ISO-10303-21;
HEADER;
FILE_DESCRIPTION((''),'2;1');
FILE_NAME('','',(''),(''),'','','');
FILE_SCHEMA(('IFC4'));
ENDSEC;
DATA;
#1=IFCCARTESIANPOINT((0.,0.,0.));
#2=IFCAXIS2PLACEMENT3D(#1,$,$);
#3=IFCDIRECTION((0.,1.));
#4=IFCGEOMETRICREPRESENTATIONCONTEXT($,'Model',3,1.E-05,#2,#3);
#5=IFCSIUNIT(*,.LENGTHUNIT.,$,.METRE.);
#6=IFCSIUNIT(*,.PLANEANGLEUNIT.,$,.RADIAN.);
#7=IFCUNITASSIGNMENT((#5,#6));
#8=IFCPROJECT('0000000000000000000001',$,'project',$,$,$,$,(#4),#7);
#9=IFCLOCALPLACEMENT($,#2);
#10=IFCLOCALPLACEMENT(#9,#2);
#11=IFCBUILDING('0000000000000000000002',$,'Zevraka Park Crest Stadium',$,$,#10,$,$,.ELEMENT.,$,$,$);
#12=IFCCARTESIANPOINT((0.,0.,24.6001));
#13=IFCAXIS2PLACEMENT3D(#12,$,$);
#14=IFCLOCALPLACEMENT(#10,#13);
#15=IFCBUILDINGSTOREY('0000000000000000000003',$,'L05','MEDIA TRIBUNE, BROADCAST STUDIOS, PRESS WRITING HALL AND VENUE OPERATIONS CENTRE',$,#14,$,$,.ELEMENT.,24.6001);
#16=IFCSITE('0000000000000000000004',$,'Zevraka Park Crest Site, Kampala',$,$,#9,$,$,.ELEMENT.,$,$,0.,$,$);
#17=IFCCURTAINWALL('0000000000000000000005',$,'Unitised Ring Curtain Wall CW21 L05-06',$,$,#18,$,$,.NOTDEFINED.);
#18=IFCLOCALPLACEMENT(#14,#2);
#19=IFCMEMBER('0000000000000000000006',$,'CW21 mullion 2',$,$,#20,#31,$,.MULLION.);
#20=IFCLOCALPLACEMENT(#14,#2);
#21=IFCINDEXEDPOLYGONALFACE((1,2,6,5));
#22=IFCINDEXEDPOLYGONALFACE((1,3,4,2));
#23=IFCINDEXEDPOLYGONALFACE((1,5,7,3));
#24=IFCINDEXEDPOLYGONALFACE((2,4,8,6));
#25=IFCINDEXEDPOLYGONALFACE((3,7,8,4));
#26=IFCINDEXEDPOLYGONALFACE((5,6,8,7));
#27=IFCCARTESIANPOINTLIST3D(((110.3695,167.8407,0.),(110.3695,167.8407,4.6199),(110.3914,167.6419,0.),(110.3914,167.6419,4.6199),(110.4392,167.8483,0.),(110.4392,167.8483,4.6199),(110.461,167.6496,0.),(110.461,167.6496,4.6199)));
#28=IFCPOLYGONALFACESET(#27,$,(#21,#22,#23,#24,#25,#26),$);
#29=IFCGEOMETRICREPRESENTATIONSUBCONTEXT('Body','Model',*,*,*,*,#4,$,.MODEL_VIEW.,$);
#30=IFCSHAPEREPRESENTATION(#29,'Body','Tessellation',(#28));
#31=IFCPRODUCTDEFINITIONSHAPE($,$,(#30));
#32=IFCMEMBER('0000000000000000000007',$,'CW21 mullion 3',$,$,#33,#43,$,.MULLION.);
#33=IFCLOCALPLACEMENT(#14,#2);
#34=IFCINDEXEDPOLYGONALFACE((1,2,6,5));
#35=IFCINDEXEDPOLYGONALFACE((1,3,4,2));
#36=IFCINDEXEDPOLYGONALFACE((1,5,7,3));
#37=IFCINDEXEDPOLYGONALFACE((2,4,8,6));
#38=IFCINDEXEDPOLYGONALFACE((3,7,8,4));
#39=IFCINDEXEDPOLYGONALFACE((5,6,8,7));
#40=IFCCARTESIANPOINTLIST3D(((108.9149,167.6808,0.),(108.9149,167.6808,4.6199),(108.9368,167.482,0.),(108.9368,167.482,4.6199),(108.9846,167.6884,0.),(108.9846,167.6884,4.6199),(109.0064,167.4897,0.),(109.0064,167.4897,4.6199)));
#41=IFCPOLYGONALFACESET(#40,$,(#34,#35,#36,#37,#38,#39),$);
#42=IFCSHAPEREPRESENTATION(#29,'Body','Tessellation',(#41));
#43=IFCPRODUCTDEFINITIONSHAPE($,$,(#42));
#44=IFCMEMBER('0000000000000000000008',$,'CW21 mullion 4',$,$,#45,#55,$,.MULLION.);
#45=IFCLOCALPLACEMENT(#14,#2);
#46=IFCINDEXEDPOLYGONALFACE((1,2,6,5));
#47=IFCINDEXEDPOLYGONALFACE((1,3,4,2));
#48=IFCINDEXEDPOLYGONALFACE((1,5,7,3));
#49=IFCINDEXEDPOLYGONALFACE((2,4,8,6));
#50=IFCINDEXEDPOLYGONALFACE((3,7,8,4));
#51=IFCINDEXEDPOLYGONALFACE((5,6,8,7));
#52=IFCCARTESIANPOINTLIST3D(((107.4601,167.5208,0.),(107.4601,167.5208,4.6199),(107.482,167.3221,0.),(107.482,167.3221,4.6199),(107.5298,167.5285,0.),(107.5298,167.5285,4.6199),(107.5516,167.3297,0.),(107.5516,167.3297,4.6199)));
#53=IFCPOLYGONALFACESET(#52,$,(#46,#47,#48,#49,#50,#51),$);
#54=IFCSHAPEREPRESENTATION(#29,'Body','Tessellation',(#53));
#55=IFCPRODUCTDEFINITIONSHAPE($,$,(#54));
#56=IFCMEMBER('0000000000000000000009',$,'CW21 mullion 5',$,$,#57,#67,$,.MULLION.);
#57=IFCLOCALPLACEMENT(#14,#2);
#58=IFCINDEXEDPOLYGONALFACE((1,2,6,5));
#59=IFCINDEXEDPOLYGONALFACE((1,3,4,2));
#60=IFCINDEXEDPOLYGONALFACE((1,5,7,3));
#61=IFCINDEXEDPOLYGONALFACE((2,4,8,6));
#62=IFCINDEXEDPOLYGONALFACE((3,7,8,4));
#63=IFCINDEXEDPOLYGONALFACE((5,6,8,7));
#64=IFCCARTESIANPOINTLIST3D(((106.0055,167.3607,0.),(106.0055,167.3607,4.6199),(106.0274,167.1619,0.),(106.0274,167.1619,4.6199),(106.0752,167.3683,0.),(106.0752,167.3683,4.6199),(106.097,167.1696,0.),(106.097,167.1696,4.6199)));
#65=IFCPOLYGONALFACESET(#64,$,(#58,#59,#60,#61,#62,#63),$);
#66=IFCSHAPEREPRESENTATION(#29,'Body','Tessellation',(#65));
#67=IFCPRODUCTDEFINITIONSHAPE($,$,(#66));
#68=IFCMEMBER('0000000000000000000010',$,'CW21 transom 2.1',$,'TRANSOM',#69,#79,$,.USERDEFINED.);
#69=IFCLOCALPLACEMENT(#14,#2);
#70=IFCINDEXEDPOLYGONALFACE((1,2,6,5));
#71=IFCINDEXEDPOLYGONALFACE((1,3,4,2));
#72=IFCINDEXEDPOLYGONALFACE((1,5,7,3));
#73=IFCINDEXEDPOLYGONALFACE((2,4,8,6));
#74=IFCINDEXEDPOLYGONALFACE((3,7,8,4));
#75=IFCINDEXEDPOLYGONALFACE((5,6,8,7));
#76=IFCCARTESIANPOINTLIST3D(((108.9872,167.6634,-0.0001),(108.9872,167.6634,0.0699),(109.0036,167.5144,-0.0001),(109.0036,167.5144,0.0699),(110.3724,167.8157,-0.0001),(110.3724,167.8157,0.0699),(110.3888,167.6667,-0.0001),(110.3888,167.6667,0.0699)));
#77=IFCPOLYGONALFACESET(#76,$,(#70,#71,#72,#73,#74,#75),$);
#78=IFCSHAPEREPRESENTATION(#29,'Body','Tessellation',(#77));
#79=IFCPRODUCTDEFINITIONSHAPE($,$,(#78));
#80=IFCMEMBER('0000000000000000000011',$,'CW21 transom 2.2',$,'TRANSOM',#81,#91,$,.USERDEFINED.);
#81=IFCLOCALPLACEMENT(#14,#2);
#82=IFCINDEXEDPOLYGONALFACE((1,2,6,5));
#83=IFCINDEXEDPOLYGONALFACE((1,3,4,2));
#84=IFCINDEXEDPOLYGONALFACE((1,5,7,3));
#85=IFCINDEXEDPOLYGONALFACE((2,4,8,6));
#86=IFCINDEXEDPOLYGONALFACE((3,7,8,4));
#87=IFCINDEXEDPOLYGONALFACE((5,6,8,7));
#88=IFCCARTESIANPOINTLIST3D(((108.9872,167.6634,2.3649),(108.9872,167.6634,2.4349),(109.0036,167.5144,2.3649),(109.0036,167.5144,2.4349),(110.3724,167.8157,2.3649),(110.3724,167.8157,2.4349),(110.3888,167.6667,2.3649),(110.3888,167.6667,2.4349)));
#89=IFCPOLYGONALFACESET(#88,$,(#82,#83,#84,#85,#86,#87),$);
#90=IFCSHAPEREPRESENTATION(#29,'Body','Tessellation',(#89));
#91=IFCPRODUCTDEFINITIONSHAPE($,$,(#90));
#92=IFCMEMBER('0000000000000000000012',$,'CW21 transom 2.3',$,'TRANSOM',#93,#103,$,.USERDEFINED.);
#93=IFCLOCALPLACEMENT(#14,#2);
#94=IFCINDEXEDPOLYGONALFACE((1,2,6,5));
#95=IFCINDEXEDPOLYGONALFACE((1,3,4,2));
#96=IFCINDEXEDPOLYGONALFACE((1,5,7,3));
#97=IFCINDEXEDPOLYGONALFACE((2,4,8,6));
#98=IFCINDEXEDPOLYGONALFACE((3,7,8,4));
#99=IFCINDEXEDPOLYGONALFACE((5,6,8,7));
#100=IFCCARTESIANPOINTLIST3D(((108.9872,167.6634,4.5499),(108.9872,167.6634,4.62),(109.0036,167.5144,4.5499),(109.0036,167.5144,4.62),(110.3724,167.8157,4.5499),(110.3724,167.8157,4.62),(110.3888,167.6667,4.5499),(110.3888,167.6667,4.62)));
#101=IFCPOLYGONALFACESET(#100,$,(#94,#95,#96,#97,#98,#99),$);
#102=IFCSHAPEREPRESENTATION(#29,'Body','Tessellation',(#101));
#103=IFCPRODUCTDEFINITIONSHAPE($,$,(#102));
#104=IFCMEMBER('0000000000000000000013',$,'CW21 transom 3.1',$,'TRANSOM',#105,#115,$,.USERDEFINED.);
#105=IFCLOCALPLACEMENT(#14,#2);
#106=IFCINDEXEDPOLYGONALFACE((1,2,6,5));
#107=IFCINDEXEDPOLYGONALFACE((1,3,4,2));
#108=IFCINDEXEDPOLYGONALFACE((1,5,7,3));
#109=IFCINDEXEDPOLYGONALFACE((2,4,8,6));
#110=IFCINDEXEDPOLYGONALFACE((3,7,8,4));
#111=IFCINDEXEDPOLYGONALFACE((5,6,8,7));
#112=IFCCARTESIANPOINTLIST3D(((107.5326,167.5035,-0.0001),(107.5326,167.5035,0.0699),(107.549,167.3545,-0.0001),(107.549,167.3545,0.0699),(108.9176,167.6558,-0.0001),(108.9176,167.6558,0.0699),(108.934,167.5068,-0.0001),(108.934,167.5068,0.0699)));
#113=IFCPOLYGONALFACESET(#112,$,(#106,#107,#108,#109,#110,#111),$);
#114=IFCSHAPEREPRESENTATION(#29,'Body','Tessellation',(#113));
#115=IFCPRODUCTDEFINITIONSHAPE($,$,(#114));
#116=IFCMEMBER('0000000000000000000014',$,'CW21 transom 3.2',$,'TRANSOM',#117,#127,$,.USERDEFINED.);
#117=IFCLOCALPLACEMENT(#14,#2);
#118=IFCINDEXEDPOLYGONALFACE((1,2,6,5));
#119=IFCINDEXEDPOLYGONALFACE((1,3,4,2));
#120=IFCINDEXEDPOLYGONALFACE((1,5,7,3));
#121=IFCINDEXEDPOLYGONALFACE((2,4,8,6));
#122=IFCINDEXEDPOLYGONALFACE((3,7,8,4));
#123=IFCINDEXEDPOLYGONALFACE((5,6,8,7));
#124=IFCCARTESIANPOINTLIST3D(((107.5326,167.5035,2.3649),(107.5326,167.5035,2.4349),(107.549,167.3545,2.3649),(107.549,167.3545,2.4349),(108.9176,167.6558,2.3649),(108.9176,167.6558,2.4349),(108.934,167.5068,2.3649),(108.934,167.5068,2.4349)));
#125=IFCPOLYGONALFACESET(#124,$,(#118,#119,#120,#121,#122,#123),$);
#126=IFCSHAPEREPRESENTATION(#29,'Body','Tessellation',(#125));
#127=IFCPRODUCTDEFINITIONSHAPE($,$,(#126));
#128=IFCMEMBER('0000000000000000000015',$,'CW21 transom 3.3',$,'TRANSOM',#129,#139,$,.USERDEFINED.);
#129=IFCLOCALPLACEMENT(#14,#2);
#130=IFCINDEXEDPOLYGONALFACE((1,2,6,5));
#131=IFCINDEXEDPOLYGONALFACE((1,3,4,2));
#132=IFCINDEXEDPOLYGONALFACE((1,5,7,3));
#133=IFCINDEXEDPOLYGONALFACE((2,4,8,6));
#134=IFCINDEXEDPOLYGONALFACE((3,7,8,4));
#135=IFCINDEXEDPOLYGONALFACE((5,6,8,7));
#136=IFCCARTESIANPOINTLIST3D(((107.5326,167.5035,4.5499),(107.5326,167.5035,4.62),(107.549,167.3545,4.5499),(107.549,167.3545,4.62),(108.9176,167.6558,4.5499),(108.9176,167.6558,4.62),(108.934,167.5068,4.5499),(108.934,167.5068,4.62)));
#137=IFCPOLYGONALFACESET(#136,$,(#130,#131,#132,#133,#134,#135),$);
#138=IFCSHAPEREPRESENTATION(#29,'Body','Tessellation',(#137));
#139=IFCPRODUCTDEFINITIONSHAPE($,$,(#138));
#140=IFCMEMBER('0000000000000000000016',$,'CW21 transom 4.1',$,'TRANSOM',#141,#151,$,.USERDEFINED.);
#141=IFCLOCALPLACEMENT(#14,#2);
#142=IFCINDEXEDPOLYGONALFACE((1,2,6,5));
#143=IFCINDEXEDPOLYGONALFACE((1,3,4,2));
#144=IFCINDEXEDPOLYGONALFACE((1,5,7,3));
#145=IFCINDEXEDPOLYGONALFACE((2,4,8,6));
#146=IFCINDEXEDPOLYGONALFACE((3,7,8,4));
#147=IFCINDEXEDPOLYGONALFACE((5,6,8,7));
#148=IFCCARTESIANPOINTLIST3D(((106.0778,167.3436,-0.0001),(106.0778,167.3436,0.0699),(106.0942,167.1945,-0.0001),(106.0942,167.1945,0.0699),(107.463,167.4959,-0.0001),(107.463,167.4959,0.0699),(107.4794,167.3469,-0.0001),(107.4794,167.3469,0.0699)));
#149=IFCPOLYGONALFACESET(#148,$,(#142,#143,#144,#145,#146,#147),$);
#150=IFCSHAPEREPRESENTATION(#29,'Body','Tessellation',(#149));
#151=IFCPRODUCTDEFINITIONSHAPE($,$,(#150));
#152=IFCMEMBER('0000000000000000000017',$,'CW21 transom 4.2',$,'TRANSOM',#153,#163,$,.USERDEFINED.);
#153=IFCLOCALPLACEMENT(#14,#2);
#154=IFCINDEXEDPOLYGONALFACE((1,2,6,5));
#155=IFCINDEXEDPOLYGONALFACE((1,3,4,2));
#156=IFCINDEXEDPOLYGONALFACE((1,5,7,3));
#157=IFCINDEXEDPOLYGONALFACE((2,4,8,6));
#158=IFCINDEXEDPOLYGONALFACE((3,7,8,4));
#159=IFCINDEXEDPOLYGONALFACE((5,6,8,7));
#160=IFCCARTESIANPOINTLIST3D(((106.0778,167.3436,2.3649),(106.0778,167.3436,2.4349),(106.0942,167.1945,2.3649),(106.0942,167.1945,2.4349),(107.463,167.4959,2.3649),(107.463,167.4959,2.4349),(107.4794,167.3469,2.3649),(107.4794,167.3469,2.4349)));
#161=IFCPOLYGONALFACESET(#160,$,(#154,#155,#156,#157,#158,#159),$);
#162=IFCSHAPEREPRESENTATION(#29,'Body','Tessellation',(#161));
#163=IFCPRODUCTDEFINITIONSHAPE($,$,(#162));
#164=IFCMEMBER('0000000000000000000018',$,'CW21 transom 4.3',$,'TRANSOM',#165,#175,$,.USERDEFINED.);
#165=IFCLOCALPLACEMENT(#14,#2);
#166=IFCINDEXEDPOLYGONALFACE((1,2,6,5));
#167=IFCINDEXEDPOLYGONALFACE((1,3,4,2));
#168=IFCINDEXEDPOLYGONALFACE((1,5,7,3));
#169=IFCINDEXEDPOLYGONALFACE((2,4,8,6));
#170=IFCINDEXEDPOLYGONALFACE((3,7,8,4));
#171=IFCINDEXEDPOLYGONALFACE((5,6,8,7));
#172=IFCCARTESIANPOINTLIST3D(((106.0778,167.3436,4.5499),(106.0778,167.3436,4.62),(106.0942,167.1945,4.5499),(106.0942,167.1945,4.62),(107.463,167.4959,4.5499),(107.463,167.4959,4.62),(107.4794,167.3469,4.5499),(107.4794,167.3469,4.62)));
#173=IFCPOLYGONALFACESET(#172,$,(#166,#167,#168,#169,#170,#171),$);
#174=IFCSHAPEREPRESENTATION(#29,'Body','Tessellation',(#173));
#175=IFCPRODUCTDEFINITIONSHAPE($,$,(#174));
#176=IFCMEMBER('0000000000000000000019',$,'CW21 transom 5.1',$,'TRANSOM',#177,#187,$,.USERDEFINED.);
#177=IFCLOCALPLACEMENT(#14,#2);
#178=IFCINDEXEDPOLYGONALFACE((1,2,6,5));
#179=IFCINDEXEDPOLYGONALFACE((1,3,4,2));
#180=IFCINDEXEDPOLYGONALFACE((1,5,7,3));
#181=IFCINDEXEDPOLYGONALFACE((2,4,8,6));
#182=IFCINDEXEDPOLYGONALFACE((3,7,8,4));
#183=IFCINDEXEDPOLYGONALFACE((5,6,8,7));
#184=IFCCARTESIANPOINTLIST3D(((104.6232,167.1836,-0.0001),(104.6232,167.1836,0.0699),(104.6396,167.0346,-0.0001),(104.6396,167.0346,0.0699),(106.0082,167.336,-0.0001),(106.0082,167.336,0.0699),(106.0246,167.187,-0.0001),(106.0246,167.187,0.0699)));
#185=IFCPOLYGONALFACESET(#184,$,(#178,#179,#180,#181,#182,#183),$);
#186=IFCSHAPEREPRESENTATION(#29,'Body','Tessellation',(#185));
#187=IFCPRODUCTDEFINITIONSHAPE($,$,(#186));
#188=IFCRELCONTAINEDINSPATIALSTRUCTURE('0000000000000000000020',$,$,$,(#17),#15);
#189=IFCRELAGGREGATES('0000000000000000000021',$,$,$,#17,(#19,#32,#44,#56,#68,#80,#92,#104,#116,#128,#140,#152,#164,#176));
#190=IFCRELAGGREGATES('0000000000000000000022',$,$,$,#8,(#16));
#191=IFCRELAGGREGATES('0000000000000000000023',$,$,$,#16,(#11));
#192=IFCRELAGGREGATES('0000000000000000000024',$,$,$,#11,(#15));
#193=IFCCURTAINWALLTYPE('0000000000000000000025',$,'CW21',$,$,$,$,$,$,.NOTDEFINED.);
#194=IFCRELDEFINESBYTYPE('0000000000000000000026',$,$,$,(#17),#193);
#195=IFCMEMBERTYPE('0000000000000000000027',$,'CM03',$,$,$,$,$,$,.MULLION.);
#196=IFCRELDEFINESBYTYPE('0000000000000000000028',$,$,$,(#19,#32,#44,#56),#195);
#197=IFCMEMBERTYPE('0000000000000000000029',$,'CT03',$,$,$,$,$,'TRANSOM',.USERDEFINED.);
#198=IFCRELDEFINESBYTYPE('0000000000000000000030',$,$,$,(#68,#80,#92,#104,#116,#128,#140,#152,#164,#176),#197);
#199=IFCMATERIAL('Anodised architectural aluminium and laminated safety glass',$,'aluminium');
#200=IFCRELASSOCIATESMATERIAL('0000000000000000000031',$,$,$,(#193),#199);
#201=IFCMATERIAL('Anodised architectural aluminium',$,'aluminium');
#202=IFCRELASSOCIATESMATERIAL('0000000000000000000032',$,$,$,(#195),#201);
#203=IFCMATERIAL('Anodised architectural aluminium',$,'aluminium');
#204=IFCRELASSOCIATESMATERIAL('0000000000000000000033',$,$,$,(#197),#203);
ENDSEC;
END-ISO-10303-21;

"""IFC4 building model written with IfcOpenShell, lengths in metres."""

from ifc_helpers import new_model, si_unit, direction, frame, origin, origin_2d, place, context, subcontext, project, spatial, rectangle, extrude, material, material_profile, profile_set, type_object, element, aggregate, save


model = new_model("IFC4")

# Units and contexts
model_context = context("Model", 3, precision=1e-05, world=origin(), true_north=direction((0.0, 1.0)))
body_context = subcontext(model_context, "Body", "Model", "MODEL_VIEW")
ifc_project = project(units=[si_unit("LENGTHUNIT", "METRE"), si_unit("PLANEANGLEUNIT", "RADIAN")], contexts=[model_context])

# Site, building, storey
site_placement = place(None, origin())
site = spatial("IfcSite", under=ifc_project, at=site_placement, Name="Zevraka Park Crest Site, Kampala", CompositionType="ELEMENT", RefElevation=0.0)
building_placement = place(site_placement, origin())
building = spatial("IfcBuilding", under=site, at=building_placement, Name="Zevraka Park Crest Stadium", CompositionType="ELEMENT")
storey_placement = place(building_placement, frame((0.0, 0.0, 24.6001)))
storey = spatial("IfcBuildingStorey", under=building, at=storey_placement, Name="L05", Description="MEDIA TRIBUNE, BROADCAST STUDIOS, PRESS WRITING HALL AND VENUE OPERATIONS CENTRE", CompositionType="ELEMENT", Elevation=24.6001)

# Curtain wall, members
ifc_material_1 = material(Name="Anodised architectural aluminium and laminated safety glass", Category="aluminium")
curtain_wall_type = type_object("IfcCurtainWallType", Name="CW21", PredefinedType="NOTDEFINED", material=ifc_material_1)
curtain_wall_placement = place(storey_placement, origin())
curtain_wall = element("IfcCurtainWall", 1, at=curtain_wall_placement, inside=storey, type_object=curtain_wall_type, Name="Unitised Ring Curtain Wall CW21 L05-06", PredefinedType="NOTDEFINED")
ifc_material_2 = material(Name="Anodised architectural aluminium", Category="aluminium")
ifc_material_profile_1 = material_profile(ifc_material_2, rectangle(XDim=0.2, YDim=0.0701, at=origin_2d()), Name="ALU MULLION 200x70")
ifc_profile_set_1 = profile_set([ifc_material_profile_1], Name="Anodised architectural aluminium")
member_type_1 = type_object("IfcMemberType", Name="CM03", PredefinedType="MULLION", material=ifc_profile_set_1)
member_1_placement = place(storey_placement, frame((110.4153, 167.7451, 0.0), z_axis=(0.0, 0.0, 1.0), x_axis=(0.109288, -0.99401, 0.0)))
member_1 = element("IfcMember", 2, at=member_1_placement, type_object=member_type_1, Name="CW21 mullion 2", PredefinedType="MULLION", context=body_context, shape_type="SweptSolid", body=[
    extrude(rectangle(XDim=0.2, YDim=0.0701, at=origin_2d()), origin(), (0.0, 0.0, 1.0), 4.6199),
])
member_2_placement = place(storey_placement, frame((108.9607, 167.5852, 0.0), z_axis=(0.0, 0.0, 1.0), x_axis=(0.109288, -0.99401, 0.0)))
member_2 = element("IfcMember", 3, at=member_2_placement, type_object=member_type_1, Name="CW21 mullion 3", PredefinedType="MULLION", context=body_context, shape_type="SweptSolid", body=[
    extrude(rectangle(XDim=0.2, YDim=0.0701, at=origin_2d()), origin(), (0.0, 0.0, 1.0), 4.6199),
])
member_3_placement = place(storey_placement, frame((107.5059, 167.4253, 0.0), z_axis=(0.0, 0.0, 1.0), x_axis=(0.109288, -0.99401, 0.0)))
member_3 = element("IfcMember", 4, at=member_3_placement, type_object=member_type_1, Name="CW21 mullion 4", PredefinedType="MULLION", context=body_context, shape_type="SweptSolid", body=[
    extrude(rectangle(XDim=0.2, YDim=0.0701, at=origin_2d()), origin(), (0.0, 0.0, 1.0), 4.6199),
])
member_4_placement = place(storey_placement, frame((106.0513, 167.2651, 0.0), z_axis=(0.0, 0.0, 1.0), x_axis=(0.109288, -0.99401, 0.0)))
member_4 = element("IfcMember", 5, at=member_4_placement, type_object=member_type_1, Name="CW21 mullion 5", PredefinedType="MULLION", context=body_context, shape_type="SweptSolid", body=[
    extrude(rectangle(XDim=0.2, YDim=0.0701, at=origin_2d()), origin(), (0.0, 0.0, 1.0), 4.6199),
])
ifc_material_3 = material(Name="Anodised architectural aluminium", Category="aluminium")
ifc_material_profile_2 = material_profile(ifc_material_3, rectangle(XDim=0.1499, YDim=0.0701, at=origin_2d()), Name="ALU TRANSOM 150x70")
ifc_profile_set_2 = profile_set([ifc_material_profile_2], Name="Anodised architectural aluminium")
member_type_2 = type_object("IfcMemberType", Name="CT03", ElementType="TRANSOM", PredefinedType="USERDEFINED", material=ifc_profile_set_2)
member_5_placement = place(storey_placement, frame((110.3806, 167.7412, 0.0349), z_axis=(-0.994007, -0.109316, 0.0), x_axis=(0.109316, -0.994007, 0.0)))
member_5 = element("IfcMember", 6, at=member_5_placement, type_object=member_type_2, Name="CW21 transom 2.1", ObjectType="TRANSOM", PredefinedType="USERDEFINED", context=body_context, shape_type="SweptSolid", body=[
    extrude(rectangle(XDim=0.1499, YDim=0.0701, at=origin_2d()), origin(), (0.0, 0.0, 1.0), 1.3936),
])
member_6_placement = place(storey_placement, frame((110.3806, 167.7412, 2.3999), z_axis=(-0.994007, -0.109316, 0.0), x_axis=(0.109316, -0.994007, 0.0)))
member_6 = element("IfcMember", 7, at=member_6_placement, type_object=member_type_2, Name="CW21 transom 2.2", ObjectType="TRANSOM", PredefinedType="USERDEFINED", context=body_context, shape_type="SweptSolid", body=[
    extrude(rectangle(XDim=0.1499, YDim=0.0701, at=origin_2d()), origin(), (0.0, 0.0, 1.0), 1.3936),
])
member_7_placement = place(storey_placement, frame((110.3806, 167.7412, 4.585), z_axis=(-0.994007, -0.109316, 0.0), x_axis=(0.109316, -0.994007, 0.0)))
member_7 = element("IfcMember", 8, at=member_7_placement, type_object=member_type_2, Name="CW21 transom 2.3", ObjectType="TRANSOM", PredefinedType="USERDEFINED", context=body_context, shape_type="SweptSolid", body=[
    extrude(rectangle(XDim=0.1499, YDim=0.0701, at=origin_2d()), origin(), (0.0, 0.0, 1.0), 1.3936),
])
member_8_placement = place(storey_placement, frame((108.9258, 167.5813, 0.0349), z_axis=(-0.994005, -0.109335, 0.0), x_axis=(0.109335, -0.994005, 0.0)))
member_8 = element("IfcMember", 9, at=member_8_placement, type_object=member_type_2, Name="CW21 transom 3.1", ObjectType="TRANSOM", PredefinedType="USERDEFINED", context=body_context, shape_type="SweptSolid", body=[
    extrude(rectangle(XDim=0.1499, YDim=0.0701, at=origin_2d()), origin(), (0.0, 0.0, 1.0), 1.3933),
])
member_9_placement = place(storey_placement, frame((108.9258, 167.5813, 2.3999), z_axis=(-0.994005, -0.109335, 0.0), x_axis=(0.109335, -0.994005, 0.0)))
member_9 = element("IfcMember", 10, at=member_9_placement, type_object=member_type_2, Name="CW21 transom 3.2", ObjectType="TRANSOM", PredefinedType="USERDEFINED", context=body_context, shape_type="SweptSolid", body=[
    extrude(rectangle(XDim=0.1499, YDim=0.0701, at=origin_2d()), origin(), (0.0, 0.0, 1.0), 1.3933),
])
member_10_placement = place(storey_placement, frame((108.9258, 167.5813, 4.585), z_axis=(-0.994005, -0.109335, 0.0), x_axis=(0.109335, -0.994005, 0.0)))
member_10 = element("IfcMember", 11, at=member_10_placement, type_object=member_type_2, Name="CW21 transom 3.3", ObjectType="TRANSOM", PredefinedType="USERDEFINED", context=body_context, shape_type="SweptSolid", body=[
    extrude(rectangle(XDim=0.1499, YDim=0.0701, at=origin_2d()), origin(), (0.0, 0.0, 1.0), 1.3933),
])
member_11_placement = place(storey_placement, frame((107.4712, 167.4214, 0.0349), z_axis=(-0.994007, -0.109316, 0.0), x_axis=(0.109316, -0.994007, 0.0)))
member_11 = element("IfcMember", 12, at=member_11_placement, type_object=member_type_2, Name="CW21 transom 4.1", ObjectType="TRANSOM", PredefinedType="USERDEFINED", context=body_context, shape_type="SweptSolid", body=[
    extrude(rectangle(XDim=0.1499, YDim=0.0701, at=origin_2d()), origin(), (0.0, 0.0, 1.0), 1.3936),
])
member_12_placement = place(storey_placement, frame((107.4712, 167.4214, 2.3999), z_axis=(-0.994007, -0.109316, 0.0), x_axis=(0.109316, -0.994007, 0.0)))
member_12 = element("IfcMember", 13, at=member_12_placement, type_object=member_type_2, Name="CW21 transom 4.2", ObjectType="TRANSOM", PredefinedType="USERDEFINED", context=body_context, shape_type="SweptSolid", body=[
    extrude(rectangle(XDim=0.1499, YDim=0.0701, at=origin_2d()), origin(), (0.0, 0.0, 1.0), 1.3936),
])
member_13_placement = place(storey_placement, frame((107.4712, 167.4214, 4.585), z_axis=(-0.994007, -0.109316, 0.0), x_axis=(0.109316, -0.994007, 0.0)))
member_13 = element("IfcMember", 14, at=member_13_placement, type_object=member_type_2, Name="CW21 transom 4.3", ObjectType="TRANSOM", PredefinedType="USERDEFINED", context=body_context, shape_type="SweptSolid", body=[
    extrude(rectangle(XDim=0.1499, YDim=0.0701, at=origin_2d()), origin(), (0.0, 0.0, 1.0), 1.3936),
])
member_14_placement = place(storey_placement, frame((106.0164, 167.2615, 0.0349), z_axis=(-0.994005, -0.109335, 0.0), x_axis=(0.109335, -0.994005, 0.0)))
member_14 = element("IfcMember", 15, at=member_14_placement, type_object=member_type_2, Name="CW21 transom 5.1", ObjectType="TRANSOM", PredefinedType="USERDEFINED", context=body_context, shape_type="SweptSolid", body=[
    extrude(rectangle(XDim=0.1499, YDim=0.0701, at=origin_2d()), origin(), (0.0, 0.0, 1.0), 1.3933),
])
aggregate(curtain_wall, [member_1, member_2, member_3, member_4, member_5, member_6, member_7, member_8, member_9, member_10, member_11, member_12, member_13, member_14])

save(model, "model.ifc")
